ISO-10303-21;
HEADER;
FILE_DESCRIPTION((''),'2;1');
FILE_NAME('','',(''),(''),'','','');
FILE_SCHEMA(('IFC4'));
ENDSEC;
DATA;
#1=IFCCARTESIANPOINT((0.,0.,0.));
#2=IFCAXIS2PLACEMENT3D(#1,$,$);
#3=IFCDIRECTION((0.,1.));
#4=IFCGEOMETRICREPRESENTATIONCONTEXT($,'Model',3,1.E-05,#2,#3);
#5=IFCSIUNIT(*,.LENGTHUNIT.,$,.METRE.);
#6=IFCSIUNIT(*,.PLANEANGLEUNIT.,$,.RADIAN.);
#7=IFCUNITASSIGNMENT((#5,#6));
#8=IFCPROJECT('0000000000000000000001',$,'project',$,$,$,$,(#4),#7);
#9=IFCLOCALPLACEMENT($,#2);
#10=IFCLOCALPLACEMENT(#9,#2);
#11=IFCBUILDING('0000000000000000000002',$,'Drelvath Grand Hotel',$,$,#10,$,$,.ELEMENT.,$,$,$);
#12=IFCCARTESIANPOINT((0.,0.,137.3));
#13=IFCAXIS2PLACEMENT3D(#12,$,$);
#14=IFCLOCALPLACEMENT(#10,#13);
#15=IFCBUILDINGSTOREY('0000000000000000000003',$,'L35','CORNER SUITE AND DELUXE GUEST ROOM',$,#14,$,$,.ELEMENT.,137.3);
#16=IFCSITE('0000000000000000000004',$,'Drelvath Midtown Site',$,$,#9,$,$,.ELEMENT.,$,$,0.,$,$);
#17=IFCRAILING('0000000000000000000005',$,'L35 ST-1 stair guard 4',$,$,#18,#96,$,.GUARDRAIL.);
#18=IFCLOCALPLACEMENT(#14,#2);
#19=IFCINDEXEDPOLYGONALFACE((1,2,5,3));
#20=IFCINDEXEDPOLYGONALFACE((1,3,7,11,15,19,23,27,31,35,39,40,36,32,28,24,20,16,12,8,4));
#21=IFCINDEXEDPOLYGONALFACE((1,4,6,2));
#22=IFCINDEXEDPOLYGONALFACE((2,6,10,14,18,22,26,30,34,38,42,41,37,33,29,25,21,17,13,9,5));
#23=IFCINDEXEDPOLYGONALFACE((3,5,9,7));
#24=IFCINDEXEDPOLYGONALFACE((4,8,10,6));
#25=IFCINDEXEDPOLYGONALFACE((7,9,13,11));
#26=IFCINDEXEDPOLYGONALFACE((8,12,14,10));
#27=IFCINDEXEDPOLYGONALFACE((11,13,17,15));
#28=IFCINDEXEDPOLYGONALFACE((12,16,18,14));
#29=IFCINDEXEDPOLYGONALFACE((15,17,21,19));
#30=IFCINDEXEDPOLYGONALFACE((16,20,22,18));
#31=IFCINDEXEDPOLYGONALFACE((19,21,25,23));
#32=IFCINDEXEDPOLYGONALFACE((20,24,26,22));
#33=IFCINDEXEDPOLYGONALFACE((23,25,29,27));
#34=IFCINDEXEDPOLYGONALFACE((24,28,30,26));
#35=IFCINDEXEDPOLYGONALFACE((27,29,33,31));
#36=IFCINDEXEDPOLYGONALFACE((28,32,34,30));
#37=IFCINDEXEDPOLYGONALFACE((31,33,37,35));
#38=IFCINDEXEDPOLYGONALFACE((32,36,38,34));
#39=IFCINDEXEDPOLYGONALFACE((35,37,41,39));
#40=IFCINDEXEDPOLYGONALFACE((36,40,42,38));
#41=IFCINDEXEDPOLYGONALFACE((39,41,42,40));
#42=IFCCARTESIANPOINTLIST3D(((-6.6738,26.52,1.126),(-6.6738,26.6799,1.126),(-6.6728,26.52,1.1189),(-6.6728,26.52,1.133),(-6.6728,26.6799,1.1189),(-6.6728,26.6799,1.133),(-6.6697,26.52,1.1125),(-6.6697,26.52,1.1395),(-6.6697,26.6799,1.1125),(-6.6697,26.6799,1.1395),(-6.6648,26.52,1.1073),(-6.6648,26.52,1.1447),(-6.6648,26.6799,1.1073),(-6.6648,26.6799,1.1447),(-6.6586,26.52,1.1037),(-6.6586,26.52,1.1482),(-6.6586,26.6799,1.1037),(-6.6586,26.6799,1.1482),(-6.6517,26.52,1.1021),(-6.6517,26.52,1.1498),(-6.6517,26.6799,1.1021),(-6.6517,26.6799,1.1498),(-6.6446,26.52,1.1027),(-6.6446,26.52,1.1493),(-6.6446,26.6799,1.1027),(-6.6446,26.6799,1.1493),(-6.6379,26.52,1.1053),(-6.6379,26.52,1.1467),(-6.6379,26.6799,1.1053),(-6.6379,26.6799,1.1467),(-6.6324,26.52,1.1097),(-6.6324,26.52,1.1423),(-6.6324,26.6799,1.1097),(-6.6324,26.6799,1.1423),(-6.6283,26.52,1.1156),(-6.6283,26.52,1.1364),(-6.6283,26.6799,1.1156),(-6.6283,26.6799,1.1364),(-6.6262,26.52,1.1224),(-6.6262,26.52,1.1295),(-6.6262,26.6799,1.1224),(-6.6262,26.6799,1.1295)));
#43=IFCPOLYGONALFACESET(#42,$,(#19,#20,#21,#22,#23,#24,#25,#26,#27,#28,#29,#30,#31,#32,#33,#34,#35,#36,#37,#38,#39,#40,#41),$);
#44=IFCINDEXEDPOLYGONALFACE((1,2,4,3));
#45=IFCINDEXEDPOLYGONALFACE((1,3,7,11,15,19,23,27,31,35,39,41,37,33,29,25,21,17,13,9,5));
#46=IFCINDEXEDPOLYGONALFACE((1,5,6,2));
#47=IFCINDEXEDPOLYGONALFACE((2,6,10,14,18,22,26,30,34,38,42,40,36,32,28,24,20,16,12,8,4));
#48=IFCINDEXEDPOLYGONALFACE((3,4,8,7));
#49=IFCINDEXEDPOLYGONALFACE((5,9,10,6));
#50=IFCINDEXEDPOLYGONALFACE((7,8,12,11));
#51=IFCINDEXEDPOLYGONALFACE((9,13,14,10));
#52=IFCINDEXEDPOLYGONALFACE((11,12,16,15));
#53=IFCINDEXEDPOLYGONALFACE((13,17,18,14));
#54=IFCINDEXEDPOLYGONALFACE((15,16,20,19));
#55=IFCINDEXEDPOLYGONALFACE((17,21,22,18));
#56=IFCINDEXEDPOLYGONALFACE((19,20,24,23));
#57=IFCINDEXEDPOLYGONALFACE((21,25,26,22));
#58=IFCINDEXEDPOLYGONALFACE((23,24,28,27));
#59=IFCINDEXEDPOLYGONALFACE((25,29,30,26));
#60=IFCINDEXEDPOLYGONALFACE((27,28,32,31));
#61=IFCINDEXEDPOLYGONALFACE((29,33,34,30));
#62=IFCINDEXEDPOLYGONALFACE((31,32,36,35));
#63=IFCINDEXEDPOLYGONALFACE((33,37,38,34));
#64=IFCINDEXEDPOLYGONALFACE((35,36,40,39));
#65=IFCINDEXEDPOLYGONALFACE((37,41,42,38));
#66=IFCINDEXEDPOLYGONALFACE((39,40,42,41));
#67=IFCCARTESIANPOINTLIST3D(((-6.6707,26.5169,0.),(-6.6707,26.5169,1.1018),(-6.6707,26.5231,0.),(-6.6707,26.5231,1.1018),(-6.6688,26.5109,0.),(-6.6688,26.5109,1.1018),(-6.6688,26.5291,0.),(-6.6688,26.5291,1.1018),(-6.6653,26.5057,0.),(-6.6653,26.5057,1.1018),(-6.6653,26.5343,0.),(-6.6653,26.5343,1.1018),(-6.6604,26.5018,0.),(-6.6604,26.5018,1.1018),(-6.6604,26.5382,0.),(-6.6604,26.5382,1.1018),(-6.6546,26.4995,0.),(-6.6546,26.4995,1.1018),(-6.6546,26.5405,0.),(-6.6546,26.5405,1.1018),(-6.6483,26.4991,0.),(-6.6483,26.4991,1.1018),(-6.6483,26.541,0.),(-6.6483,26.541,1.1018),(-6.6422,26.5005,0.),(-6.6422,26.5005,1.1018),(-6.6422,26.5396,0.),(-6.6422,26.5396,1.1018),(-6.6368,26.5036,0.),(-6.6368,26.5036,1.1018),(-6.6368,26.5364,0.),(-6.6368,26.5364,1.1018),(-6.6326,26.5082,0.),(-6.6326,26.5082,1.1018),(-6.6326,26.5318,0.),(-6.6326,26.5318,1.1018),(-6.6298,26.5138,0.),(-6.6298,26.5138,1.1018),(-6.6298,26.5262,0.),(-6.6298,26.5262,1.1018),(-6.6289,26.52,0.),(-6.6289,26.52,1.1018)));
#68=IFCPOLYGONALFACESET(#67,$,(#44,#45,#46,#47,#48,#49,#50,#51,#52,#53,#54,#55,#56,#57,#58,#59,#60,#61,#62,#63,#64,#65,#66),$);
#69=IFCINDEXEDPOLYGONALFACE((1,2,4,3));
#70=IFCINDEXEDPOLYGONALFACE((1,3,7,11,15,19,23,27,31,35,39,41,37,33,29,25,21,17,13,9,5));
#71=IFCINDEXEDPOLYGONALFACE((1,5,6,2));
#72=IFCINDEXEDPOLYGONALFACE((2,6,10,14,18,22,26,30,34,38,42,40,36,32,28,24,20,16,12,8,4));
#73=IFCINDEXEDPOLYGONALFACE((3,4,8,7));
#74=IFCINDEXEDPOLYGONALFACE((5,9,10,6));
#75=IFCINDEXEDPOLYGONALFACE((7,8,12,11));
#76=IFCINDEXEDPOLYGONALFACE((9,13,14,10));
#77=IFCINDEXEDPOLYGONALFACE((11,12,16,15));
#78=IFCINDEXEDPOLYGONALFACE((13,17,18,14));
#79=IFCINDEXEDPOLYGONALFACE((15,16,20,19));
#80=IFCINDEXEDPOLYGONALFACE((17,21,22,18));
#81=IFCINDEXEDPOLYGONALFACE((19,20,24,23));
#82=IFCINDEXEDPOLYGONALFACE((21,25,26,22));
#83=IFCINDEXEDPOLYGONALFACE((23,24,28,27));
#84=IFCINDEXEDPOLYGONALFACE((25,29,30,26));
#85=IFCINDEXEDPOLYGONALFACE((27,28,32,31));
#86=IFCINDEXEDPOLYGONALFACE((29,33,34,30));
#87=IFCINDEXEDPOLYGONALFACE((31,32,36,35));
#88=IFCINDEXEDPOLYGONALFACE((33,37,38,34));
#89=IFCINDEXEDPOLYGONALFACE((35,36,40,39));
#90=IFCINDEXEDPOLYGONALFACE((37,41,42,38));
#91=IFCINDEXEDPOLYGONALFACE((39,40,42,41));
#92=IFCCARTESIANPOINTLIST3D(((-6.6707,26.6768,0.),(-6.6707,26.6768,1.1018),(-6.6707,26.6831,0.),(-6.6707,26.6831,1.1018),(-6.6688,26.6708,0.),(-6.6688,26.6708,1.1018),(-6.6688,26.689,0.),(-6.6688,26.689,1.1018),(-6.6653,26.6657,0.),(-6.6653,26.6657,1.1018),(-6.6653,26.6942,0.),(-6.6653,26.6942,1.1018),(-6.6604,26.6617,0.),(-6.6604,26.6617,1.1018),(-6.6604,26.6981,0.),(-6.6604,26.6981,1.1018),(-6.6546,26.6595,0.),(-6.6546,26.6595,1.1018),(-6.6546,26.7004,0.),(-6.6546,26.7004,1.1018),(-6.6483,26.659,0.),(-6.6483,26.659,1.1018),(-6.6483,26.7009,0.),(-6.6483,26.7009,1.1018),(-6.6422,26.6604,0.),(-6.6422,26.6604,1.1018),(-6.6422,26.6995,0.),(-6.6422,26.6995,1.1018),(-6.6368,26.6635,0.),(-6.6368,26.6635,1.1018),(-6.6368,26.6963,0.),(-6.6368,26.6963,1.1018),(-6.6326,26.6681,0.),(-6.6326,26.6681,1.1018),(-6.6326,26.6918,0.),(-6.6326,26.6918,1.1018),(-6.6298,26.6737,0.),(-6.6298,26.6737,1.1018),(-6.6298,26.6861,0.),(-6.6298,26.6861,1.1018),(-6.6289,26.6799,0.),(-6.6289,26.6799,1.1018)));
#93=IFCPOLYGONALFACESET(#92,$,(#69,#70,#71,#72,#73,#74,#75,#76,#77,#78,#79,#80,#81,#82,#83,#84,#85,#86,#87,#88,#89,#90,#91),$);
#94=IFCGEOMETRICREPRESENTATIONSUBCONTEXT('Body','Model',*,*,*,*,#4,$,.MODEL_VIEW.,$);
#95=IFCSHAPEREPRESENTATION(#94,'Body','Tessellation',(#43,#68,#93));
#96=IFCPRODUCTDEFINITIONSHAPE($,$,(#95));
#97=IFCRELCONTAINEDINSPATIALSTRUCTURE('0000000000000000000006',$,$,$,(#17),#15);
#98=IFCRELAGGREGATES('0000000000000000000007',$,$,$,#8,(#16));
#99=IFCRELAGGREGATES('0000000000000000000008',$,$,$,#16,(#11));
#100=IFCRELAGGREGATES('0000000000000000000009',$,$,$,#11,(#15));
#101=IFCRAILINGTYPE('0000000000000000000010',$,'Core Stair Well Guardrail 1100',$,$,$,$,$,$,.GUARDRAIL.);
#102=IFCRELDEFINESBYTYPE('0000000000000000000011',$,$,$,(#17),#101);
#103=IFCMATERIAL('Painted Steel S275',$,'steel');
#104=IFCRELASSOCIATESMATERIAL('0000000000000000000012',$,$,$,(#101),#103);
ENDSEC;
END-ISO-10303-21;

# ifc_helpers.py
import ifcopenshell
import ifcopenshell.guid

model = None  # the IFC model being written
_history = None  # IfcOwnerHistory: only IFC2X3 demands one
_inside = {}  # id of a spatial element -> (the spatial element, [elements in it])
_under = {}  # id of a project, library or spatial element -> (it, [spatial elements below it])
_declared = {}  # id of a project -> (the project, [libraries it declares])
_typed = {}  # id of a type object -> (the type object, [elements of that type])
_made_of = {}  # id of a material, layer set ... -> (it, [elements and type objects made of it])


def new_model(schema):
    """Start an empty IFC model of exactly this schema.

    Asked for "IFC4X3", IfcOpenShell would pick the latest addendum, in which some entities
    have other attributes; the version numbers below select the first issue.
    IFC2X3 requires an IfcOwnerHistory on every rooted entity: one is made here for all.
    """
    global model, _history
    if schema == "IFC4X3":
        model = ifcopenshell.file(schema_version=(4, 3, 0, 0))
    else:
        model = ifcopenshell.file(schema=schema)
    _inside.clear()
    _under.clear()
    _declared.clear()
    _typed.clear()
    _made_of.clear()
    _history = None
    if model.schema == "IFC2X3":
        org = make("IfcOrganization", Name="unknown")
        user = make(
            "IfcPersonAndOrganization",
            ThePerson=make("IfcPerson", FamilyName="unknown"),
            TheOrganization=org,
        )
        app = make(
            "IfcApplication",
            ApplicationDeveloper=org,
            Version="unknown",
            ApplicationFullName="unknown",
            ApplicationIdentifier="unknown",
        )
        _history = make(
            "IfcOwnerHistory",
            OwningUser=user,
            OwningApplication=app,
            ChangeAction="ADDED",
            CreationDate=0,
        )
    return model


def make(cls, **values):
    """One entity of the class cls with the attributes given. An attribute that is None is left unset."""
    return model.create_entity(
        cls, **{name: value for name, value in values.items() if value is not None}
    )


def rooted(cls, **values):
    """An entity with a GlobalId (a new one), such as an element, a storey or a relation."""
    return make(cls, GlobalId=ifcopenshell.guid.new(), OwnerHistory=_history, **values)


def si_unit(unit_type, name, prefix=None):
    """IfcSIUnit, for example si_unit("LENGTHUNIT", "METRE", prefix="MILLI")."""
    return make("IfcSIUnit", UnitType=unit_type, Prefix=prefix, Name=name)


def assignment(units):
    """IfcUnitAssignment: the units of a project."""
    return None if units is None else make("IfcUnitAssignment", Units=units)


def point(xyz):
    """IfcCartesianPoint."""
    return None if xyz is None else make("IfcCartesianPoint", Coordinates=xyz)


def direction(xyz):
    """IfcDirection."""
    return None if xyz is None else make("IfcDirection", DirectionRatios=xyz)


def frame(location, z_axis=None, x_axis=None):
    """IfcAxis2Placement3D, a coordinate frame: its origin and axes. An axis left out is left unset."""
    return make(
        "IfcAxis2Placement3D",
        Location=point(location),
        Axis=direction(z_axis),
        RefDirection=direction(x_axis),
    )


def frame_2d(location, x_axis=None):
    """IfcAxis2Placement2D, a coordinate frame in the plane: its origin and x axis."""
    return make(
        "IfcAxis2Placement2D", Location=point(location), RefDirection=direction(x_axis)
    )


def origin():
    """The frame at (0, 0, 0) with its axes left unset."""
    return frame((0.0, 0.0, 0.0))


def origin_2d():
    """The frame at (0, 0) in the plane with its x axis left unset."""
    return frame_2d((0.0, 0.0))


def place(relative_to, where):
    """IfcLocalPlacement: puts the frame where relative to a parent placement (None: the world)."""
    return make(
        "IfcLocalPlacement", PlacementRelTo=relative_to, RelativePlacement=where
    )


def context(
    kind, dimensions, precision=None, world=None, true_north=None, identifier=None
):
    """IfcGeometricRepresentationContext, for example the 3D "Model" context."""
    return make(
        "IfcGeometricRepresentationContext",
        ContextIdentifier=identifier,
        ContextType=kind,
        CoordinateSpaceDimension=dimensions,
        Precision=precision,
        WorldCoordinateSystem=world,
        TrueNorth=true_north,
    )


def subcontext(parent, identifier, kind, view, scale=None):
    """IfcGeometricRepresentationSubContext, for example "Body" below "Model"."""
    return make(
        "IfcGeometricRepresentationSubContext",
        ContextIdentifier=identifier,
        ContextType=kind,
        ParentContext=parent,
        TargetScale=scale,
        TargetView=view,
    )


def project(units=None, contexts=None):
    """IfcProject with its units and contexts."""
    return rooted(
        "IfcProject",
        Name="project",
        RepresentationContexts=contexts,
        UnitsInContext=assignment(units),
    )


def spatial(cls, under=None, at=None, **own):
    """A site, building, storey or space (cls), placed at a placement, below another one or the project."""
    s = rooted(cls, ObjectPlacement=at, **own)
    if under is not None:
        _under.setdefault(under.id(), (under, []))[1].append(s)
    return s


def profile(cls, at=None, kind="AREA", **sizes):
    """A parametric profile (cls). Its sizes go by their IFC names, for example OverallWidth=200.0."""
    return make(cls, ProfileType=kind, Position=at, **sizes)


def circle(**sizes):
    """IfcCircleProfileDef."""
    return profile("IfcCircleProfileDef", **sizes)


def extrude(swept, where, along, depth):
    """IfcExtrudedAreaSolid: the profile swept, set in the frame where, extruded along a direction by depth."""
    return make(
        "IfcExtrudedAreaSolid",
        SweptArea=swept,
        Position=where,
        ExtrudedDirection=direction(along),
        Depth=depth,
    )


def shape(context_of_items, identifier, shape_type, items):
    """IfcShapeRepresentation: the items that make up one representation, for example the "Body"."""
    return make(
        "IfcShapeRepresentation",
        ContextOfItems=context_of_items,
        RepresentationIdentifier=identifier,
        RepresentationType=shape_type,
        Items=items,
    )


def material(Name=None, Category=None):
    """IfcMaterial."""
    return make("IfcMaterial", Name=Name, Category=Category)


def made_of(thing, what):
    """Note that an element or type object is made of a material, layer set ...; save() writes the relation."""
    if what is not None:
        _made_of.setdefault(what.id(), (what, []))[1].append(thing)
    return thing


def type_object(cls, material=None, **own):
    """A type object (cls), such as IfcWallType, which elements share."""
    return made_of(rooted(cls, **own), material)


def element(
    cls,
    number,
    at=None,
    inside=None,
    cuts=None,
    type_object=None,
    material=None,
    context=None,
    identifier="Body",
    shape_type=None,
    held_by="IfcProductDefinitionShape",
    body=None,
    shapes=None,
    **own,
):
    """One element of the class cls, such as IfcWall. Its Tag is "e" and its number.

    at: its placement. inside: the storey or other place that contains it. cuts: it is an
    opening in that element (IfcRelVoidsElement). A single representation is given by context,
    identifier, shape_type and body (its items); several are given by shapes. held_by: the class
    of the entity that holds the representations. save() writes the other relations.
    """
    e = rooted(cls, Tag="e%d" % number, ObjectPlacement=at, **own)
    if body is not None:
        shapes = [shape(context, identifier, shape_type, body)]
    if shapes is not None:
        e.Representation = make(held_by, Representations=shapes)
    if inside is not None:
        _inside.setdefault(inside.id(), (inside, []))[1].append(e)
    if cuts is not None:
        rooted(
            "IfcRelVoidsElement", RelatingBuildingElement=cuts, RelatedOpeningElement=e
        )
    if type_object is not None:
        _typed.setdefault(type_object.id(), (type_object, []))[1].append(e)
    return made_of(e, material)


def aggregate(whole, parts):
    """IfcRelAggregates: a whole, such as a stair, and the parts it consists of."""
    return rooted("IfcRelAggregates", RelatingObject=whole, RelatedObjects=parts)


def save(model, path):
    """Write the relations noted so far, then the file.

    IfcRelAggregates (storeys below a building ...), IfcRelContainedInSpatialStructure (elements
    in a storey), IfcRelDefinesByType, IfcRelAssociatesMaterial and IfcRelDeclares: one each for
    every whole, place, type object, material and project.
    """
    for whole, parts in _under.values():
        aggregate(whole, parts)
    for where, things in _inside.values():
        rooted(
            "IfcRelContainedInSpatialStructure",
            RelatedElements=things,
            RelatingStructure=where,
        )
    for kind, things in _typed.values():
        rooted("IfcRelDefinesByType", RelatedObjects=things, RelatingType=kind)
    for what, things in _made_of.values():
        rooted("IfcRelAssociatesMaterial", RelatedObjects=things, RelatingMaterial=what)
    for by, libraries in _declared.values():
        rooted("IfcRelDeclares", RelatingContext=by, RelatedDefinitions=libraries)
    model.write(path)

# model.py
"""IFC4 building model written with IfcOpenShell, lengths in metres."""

from ifc_helpers import new_model, si_unit, direction, frame, origin, origin_2d, place, context, subcontext, project, spatial, circle, extrude, material, type_object, element, save


model = new_model("IFC4")

# Units and contexts
model_context = context("Model", 3, precision=1e-05, world=origin(), true_north=direction((0.0, 1.0)))
body_context = subcontext(model_context, "Body", "Model", "MODEL_VIEW")
ifc_project = project(units=[si_unit("LENGTHUNIT", "METRE"), si_unit("PLANEANGLEUNIT", "RADIAN")], contexts=[model_context])

# Site, building, storey
site_placement = place(None, origin())
site = spatial("IfcSite", under=ifc_project, at=site_placement, Name="Drelvath Midtown Site", CompositionType="ELEMENT", RefElevation=0.0)
building_placement = place(site_placement, origin())
building = spatial("IfcBuilding", under=site, at=building_placement, Name="Drelvath Grand Hotel", CompositionType="ELEMENT")
storey_placement = place(building_placement, frame((0.0, 0.0, 137.3)))
storey = spatial("IfcBuildingStorey", under=building, at=storey_placement, Name="L35", Description="CORNER SUITE AND DELUXE GUEST ROOM", CompositionType="ELEMENT", Elevation=137.3)

# Railing
ifc_material_1 = material(Name="Painted Steel S275", Category="steel")
railing_type_1 = type_object("IfcRailingType", Name="Core Stair Well Guardrail 1100", PredefinedType="GUARDRAIL", material=ifc_material_1)
railing_1_placement = place(storey_placement, frame((-6.6499, 26.52, 0.0)))
element("IfcRailing", 1, at=railing_1_placement, inside=storey, type_object=railing_type_1, Name="L35 ST-1 stair guard 4", PredefinedType="GUARDRAIL", context=body_context, shape_type="SweptSolid", body=[
    extrude(circle(Radius=0.0239, at=origin_2d()), frame((0.0, 0.0, 1.126), z_axis=(0.0, 1.0, 0.0), x_axis=(-1.0, 0.0, 0.0)), (0.0, 0.0, 1.0), 0.1599),
    extrude(circle(Radius=0.021, at=origin_2d()), origin(), (0.0, 0.0, 1.0), 1.1018),
    extrude(circle(Radius=0.021, at=origin_2d()), frame((0.0, 0.1599, 0.0)), (0.0, 0.0, 1.0), 1.1018),
])

save(model, "model.ifc")
